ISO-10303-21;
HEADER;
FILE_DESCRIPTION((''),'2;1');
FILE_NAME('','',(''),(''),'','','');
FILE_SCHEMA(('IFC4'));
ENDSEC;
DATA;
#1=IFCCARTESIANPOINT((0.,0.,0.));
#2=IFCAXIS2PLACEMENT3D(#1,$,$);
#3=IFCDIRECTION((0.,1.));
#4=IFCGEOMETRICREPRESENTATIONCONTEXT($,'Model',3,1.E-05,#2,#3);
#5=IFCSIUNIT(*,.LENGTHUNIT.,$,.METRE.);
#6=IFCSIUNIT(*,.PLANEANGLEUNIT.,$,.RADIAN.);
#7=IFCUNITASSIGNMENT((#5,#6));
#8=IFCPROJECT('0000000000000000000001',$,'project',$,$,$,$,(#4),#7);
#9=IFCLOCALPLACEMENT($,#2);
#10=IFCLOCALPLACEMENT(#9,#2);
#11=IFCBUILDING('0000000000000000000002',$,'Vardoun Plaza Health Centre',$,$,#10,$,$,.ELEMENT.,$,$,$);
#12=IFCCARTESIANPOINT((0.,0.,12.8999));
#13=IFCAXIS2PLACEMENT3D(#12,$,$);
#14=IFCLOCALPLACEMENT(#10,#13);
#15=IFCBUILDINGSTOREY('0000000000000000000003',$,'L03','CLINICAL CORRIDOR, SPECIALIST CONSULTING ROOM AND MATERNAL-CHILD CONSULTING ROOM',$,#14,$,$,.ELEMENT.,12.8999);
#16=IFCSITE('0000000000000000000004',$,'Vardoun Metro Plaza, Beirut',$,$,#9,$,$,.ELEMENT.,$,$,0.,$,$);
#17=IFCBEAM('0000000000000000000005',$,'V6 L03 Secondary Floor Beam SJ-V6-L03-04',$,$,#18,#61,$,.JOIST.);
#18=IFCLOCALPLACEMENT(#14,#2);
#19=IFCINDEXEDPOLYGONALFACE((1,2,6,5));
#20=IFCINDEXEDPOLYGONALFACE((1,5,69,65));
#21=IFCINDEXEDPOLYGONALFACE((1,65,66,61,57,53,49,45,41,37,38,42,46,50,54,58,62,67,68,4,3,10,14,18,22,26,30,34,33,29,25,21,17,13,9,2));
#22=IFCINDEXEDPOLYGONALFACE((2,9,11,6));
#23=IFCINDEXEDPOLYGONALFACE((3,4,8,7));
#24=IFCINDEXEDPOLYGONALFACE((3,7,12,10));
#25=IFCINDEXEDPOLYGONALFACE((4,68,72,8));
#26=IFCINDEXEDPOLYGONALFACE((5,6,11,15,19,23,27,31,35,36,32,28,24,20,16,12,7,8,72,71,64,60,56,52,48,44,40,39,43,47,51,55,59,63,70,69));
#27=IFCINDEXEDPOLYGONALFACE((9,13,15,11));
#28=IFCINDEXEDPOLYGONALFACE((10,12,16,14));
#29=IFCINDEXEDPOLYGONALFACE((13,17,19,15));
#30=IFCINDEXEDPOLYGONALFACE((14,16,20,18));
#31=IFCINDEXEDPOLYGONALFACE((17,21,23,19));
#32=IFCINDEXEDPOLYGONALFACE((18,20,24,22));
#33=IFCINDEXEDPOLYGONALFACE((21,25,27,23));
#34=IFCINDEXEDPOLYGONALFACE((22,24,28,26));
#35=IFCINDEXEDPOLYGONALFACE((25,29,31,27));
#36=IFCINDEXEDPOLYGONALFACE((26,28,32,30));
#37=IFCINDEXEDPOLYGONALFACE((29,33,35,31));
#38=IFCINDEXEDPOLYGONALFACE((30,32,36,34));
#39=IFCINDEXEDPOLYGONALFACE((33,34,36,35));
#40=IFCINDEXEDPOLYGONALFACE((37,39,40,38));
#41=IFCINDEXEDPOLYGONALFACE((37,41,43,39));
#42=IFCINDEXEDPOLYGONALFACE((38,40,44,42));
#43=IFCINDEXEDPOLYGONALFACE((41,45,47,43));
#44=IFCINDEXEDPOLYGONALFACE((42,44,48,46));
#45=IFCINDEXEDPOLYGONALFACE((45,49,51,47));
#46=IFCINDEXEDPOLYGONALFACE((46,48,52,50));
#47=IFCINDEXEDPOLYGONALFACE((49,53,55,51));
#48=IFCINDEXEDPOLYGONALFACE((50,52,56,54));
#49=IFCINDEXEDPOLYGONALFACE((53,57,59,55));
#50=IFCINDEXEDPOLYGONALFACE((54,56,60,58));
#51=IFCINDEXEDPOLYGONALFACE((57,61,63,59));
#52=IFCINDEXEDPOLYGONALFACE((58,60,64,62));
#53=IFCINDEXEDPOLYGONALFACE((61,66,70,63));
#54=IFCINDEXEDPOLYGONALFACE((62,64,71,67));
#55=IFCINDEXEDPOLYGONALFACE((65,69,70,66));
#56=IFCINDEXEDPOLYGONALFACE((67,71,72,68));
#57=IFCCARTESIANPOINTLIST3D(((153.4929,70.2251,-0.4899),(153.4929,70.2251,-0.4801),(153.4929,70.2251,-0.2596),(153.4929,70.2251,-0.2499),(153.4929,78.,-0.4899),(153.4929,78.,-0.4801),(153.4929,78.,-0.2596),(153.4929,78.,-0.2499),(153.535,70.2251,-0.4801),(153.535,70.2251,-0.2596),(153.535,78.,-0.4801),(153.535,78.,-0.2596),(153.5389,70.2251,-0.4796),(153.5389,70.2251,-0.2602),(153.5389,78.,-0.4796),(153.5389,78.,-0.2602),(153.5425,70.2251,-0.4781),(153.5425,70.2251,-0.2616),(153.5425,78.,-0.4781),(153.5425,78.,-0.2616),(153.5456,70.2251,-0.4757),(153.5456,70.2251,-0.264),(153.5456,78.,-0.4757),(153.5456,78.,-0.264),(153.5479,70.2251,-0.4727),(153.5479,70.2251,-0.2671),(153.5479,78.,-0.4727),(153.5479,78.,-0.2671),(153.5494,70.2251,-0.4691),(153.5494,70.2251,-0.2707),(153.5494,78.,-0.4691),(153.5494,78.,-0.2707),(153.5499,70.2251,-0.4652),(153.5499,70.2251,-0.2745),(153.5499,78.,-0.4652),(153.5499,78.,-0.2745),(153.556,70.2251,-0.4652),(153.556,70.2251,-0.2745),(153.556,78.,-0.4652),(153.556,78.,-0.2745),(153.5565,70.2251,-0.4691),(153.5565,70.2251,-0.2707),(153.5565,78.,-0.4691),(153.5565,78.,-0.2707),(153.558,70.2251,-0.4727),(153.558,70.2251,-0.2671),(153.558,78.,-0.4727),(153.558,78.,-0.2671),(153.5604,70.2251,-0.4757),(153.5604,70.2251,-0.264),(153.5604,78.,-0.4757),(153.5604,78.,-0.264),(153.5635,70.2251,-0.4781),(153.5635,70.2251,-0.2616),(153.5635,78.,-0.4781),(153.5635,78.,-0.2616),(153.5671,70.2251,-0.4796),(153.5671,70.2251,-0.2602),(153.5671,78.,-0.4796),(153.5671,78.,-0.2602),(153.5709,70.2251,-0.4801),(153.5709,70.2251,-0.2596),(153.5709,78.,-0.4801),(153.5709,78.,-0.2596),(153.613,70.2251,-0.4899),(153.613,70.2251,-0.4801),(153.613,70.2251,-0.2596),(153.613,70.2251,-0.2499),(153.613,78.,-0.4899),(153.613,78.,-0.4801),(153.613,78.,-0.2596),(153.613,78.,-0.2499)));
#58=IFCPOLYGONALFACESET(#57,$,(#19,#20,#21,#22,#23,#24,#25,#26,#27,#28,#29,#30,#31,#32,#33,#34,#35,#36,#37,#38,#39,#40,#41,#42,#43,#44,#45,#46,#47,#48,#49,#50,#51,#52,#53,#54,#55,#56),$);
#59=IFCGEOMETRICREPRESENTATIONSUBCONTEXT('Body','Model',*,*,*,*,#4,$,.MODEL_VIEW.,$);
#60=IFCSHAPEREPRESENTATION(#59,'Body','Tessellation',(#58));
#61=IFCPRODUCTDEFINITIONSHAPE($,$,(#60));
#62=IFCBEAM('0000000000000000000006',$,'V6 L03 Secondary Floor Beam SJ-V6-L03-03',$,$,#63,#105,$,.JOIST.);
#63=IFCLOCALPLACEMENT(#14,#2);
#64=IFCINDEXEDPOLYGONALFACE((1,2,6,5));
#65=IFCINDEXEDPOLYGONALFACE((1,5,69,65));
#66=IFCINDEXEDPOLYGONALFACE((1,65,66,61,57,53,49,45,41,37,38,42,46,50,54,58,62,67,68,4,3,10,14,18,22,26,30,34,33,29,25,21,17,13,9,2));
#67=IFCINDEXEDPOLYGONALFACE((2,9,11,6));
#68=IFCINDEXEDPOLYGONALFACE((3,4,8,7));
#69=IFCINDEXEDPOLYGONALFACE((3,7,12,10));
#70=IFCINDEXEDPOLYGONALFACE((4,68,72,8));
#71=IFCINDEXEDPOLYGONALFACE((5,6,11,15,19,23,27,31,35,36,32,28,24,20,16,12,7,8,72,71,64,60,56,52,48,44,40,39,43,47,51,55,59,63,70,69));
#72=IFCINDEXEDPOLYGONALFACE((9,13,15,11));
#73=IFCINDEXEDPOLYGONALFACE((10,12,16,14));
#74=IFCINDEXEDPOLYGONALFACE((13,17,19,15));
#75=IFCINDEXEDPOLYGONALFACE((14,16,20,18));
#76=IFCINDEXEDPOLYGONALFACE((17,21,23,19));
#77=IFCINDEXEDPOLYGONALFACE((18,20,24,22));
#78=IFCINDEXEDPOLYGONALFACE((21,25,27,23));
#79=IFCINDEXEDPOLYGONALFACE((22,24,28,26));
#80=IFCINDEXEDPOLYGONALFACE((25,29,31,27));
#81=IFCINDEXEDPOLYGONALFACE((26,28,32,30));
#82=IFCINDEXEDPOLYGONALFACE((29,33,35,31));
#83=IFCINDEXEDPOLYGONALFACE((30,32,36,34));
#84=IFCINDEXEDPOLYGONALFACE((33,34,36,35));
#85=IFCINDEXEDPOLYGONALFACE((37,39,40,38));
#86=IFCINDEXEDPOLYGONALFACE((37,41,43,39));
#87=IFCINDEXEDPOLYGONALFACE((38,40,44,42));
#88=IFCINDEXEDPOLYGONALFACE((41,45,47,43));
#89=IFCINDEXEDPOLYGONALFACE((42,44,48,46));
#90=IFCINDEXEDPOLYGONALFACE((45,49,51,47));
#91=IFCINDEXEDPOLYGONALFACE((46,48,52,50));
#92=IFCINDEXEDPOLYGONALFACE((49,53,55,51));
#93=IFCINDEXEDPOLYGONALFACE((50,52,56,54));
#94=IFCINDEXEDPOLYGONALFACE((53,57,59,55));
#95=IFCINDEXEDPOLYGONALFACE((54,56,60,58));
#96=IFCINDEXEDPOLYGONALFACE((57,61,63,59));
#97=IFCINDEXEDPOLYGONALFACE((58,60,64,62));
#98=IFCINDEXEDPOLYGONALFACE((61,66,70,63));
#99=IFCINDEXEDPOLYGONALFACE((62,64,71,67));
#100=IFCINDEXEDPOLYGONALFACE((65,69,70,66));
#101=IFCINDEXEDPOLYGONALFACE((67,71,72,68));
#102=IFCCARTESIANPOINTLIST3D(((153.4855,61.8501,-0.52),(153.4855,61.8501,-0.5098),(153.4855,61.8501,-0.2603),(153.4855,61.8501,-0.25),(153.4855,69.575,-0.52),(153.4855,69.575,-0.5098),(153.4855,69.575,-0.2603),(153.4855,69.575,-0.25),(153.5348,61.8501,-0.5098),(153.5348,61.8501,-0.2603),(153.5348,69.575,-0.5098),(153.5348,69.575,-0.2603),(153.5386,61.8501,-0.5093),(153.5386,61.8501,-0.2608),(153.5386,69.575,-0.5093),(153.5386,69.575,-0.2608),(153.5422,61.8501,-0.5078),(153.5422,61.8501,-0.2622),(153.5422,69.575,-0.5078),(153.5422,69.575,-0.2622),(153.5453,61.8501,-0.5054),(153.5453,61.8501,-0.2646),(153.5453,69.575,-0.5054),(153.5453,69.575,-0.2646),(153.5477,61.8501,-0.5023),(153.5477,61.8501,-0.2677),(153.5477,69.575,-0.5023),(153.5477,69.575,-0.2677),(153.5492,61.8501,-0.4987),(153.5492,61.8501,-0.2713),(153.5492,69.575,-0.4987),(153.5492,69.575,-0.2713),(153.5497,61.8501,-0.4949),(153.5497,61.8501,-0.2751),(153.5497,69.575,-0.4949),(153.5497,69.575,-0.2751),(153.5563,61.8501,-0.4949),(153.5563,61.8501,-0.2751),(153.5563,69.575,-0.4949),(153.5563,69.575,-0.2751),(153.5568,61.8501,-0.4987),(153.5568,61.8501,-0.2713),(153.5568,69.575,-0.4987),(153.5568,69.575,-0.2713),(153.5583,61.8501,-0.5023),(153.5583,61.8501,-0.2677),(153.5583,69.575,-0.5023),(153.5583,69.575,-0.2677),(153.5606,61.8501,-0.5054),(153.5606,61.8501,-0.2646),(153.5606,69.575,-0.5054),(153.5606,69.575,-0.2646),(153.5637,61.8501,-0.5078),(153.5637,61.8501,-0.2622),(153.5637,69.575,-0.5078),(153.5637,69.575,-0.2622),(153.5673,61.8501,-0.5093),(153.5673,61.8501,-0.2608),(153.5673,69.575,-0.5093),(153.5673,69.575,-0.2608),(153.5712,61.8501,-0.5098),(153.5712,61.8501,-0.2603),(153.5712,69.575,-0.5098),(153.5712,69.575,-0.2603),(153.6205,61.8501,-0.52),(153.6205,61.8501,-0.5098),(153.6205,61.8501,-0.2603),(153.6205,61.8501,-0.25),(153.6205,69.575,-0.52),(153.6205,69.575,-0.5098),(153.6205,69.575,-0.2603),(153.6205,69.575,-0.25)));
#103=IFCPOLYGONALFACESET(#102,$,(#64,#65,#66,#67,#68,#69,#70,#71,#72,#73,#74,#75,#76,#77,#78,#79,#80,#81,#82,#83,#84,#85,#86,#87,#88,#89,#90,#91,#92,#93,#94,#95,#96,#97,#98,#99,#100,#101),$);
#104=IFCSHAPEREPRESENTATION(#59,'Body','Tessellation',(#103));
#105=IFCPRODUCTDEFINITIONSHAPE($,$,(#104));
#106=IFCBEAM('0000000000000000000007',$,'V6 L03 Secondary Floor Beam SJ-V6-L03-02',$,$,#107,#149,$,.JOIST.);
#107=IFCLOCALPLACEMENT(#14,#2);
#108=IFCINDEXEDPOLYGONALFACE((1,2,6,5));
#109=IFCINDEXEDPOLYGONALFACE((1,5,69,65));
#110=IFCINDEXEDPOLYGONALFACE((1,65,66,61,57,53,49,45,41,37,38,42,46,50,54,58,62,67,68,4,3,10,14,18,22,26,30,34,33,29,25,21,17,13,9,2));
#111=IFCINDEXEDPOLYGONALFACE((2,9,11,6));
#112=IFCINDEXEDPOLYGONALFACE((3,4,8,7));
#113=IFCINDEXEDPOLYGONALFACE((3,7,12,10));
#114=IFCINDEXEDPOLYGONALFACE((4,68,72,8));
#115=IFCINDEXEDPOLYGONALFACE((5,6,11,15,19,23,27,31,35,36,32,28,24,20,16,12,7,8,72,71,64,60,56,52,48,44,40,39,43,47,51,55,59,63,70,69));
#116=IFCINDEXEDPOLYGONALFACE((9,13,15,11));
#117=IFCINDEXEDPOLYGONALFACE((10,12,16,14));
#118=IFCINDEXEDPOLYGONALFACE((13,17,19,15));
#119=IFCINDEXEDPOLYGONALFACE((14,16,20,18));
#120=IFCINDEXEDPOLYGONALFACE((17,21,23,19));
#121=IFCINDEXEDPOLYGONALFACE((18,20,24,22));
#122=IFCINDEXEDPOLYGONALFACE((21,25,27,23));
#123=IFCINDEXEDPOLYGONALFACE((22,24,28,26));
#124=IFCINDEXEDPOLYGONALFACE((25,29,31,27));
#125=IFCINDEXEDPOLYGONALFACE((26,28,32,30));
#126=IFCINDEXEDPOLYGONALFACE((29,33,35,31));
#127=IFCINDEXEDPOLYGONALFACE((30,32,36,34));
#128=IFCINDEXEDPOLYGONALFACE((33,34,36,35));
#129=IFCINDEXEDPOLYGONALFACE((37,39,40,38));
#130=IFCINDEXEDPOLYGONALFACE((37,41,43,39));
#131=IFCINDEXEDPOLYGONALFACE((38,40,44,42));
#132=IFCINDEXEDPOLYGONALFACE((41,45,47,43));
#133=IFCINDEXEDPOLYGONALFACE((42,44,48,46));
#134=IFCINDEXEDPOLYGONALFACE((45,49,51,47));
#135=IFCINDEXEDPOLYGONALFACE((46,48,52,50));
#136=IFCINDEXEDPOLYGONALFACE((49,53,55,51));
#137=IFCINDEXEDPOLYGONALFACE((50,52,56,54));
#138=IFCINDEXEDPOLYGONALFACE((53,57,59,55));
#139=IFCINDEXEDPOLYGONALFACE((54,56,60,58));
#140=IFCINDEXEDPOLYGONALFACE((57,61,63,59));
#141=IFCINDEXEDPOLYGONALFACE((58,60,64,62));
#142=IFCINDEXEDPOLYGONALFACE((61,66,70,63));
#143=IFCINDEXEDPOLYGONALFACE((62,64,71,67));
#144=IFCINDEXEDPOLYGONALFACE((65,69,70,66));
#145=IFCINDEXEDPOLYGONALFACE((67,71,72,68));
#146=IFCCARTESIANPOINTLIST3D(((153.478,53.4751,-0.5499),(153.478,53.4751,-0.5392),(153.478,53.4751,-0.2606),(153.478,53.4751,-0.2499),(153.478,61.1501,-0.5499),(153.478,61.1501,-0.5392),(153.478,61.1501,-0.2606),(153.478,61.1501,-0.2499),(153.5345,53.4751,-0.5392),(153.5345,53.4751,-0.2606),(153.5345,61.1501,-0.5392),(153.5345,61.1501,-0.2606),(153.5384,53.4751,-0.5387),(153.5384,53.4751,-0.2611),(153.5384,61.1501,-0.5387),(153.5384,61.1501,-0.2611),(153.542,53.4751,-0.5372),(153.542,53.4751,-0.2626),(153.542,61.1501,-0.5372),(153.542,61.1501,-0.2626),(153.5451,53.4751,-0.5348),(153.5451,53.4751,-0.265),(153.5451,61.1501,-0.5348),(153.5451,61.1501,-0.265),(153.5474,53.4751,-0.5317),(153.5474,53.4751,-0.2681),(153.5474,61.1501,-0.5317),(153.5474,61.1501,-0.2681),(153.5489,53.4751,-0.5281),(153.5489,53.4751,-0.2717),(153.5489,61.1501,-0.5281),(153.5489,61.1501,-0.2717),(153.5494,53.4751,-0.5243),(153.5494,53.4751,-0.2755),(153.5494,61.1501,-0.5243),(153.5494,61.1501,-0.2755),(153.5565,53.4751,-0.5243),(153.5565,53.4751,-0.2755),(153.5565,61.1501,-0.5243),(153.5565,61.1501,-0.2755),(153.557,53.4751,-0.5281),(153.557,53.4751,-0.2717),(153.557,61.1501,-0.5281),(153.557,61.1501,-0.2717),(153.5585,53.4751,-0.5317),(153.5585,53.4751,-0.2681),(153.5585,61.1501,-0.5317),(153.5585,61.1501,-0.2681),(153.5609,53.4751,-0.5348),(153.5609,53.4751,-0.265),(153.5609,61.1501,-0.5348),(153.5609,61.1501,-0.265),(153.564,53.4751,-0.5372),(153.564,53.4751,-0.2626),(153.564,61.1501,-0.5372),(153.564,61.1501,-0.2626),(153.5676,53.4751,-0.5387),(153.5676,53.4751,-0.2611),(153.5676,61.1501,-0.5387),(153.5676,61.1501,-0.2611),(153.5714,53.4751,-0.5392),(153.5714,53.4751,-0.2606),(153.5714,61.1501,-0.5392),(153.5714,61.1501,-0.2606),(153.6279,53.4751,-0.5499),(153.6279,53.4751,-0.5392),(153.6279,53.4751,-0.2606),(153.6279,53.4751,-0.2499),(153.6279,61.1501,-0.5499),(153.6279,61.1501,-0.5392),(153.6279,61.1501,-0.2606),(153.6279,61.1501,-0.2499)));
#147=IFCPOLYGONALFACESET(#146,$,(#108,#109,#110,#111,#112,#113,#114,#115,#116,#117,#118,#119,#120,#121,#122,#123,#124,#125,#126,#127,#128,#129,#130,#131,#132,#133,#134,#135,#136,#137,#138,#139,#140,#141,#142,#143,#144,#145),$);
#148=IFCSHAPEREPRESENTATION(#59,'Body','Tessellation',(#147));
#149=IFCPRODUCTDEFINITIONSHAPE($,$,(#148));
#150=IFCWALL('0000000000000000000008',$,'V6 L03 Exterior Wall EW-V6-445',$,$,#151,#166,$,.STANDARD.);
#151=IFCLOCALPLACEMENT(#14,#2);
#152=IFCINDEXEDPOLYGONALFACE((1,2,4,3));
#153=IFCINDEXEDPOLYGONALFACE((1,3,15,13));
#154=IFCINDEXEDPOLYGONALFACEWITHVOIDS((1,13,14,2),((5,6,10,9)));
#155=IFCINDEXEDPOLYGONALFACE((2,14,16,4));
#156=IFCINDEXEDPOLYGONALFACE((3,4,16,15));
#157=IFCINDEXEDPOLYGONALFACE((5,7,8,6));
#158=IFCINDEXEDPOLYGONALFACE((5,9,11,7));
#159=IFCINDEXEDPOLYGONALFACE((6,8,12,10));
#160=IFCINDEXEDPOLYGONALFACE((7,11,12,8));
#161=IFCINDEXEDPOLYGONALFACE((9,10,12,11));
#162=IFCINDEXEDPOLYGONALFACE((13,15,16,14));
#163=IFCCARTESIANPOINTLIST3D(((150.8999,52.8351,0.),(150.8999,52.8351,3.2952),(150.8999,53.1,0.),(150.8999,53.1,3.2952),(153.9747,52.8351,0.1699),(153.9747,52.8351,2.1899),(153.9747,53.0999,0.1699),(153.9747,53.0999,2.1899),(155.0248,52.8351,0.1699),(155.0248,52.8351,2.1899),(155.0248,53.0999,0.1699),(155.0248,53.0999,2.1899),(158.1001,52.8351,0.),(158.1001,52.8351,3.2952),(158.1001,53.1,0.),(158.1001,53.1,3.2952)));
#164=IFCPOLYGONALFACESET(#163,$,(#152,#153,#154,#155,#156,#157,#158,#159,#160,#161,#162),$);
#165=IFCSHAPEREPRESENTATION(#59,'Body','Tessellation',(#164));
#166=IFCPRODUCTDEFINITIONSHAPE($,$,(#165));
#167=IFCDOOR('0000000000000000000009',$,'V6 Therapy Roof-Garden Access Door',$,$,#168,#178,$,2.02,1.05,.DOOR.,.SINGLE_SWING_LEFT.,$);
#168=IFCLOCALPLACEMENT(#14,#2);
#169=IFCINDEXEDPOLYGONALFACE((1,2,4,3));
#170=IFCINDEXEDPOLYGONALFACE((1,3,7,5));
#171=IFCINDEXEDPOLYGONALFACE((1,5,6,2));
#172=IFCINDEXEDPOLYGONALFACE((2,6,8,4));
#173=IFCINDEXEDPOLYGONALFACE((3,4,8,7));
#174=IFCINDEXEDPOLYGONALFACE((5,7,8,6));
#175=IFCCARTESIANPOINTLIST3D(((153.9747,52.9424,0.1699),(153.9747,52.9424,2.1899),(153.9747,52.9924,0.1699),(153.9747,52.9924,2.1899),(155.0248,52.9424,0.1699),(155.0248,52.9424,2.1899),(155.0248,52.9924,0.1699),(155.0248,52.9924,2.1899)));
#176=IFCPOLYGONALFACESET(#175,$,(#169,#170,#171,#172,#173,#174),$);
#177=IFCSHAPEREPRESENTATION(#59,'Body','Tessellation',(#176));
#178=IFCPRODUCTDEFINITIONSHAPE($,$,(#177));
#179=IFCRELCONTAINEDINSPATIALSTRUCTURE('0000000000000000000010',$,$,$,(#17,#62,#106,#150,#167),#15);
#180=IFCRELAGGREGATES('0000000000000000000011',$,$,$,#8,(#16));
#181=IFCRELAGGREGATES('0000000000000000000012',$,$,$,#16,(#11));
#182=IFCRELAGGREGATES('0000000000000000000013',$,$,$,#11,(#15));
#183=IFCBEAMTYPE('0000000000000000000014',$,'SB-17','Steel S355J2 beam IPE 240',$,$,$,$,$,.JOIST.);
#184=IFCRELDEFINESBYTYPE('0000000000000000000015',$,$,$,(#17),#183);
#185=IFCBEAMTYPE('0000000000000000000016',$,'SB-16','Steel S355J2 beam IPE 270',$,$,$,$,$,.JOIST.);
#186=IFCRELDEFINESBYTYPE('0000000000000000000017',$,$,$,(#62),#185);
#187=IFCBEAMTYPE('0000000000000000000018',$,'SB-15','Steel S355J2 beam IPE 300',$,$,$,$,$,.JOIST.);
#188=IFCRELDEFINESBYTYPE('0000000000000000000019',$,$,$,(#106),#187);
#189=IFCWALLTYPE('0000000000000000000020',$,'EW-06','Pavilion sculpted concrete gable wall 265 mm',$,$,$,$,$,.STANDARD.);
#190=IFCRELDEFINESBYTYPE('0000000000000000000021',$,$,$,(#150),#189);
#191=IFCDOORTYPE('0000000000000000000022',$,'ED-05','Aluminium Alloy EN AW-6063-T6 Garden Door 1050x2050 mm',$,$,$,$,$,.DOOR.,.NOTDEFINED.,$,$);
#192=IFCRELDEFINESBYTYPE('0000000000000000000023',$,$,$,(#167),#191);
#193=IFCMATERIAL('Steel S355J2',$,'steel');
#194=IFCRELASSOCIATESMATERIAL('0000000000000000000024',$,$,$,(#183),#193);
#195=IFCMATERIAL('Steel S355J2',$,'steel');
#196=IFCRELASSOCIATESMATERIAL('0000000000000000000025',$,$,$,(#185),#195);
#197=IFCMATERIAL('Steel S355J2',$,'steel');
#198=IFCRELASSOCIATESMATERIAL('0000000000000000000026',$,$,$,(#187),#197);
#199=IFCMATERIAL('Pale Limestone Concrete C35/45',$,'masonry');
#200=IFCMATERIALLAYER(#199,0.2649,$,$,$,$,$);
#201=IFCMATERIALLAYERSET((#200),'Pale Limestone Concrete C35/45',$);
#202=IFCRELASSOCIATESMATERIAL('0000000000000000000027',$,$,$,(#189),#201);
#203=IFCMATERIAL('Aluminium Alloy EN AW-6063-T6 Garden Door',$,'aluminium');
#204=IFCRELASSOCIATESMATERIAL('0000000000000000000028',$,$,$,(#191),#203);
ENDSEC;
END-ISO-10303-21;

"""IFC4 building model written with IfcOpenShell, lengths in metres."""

from ifc_helpers import new_model, si_unit, direction, frame, frame_2d, origin, origin_2d, place, context, subcontext, project, spatial, rectangle, i_section, extrude, material, layer, layer_set, material_profile, profile_set, type_object, element, fill, save


model = new_model("IFC4")

# Units and contexts
model_context = context("Model", 3, precision=1e-05, world=origin(), true_north=direction((0.0, 1.0)))
body_context = subcontext(model_context, "Body", "Model", "MODEL_VIEW")
ifc_project = project(units=[si_unit("LENGTHUNIT", "METRE"), si_unit("PLANEANGLEUNIT", "RADIAN")], contexts=[model_context])

# Site, building, storey
site_placement = place(None, origin())
site = spatial("IfcSite", under=ifc_project, at=site_placement, Name="Vardoun Metro Plaza, Beirut", CompositionType="ELEMENT", RefElevation=0.0)
building_placement = place(site_placement, origin())
building = spatial("IfcBuilding", under=site, at=building_placement, Name="Vardoun Plaza Health Centre", CompositionType="ELEMENT")
storey_placement = place(building_placement, frame((0.0, 0.0, 12.8999)))
storey = spatial("IfcBuildingStorey", under=building, at=storey_placement, Name="L03", Description="CLINICAL CORRIDOR, SPECIALIST CONSULTING ROOM AND MATERNAL-CHILD CONSULTING ROOM", CompositionType="ELEMENT", Elevation=12.8999)

# Beams
ifc_material_1 = material(Name="Steel S355J2", Category="steel")
ifc_material_profile_1 = material_profile(ifc_material_1, i_section(OverallWidth=0.1201, OverallDepth=0.24, WebThickness=0.0061, FlangeThickness=0.0098, FilletRadius=0.0149, at=origin_2d()), Name="IPE 240")
ifc_profile_set_1 = profile_set([ifc_material_profile_1], Name="Steel S355J2")
beam_type_1 = type_object("IfcBeamType", Name="SB-17", Description="Steel S355J2 beam IPE 240", PredefinedType="JOIST", material=ifc_profile_set_1)
beam_1_placement = place(storey_placement, frame((153.553, 70.2251, -0.3699), z_axis=(0.0, 1.0, 0.0), x_axis=(-1.0, 0.0, 0.0)))
element("IfcBeam", 1, at=beam_1_placement, inside=storey, type_object=beam_type_1, Name="V6 L03 Secondary Floor Beam SJ-V6-L03-04", PredefinedType="JOIST", context=body_context, shape_type="SweptSolid", body=[
    extrude(i_section(OverallWidth=0.1201, OverallDepth=0.24, WebThickness=0.0061, FlangeThickness=0.0098, FilletRadius=0.0149, at=origin_2d()), origin(), (0.0, 0.0, 1.0), 7.7749),
])
ifc_material_2 = material(Name="Steel S355J2", Category="steel")
ifc_material_profile_2 = material_profile(ifc_material_2, i_section(OverallWidth=0.135, OverallDepth=0.27, WebThickness=0.0066, FlangeThickness=0.0103, FilletRadius=0.0149, at=origin_2d()), Name="IPE 270")
ifc_profile_set_2 = profile_set([ifc_material_profile_2], Name="Steel S355J2")
beam_type_2 = type_object("IfcBeamType", Name="SB-16", Description="Steel S355J2 beam IPE 270", PredefinedType="JOIST", material=ifc_profile_set_2)
beam_2_placement = place(storey_placement, frame((153.553, 61.8501, -0.385), z_axis=(0.0, 1.0, 0.0), x_axis=(-1.0, 0.0, 0.0)))
element("IfcBeam", 2, at=beam_2_placement, inside=storey, type_object=beam_type_2, Name="V6 L03 Secondary Floor Beam SJ-V6-L03-03", PredefinedType="JOIST", context=body_context, shape_type="SweptSolid", body=[
    extrude(i_section(OverallWidth=0.135, OverallDepth=0.27, WebThickness=0.0066, FlangeThickness=0.0103, FilletRadius=0.0149, at=origin_2d()), origin(), (0.0, 0.0, 1.0), 7.7249),
])
ifc_material_3 = material(Name="Steel S355J2", Category="steel")
ifc_material_profile_3 = material_profile(ifc_material_3, i_section(OverallWidth=0.1499, OverallDepth=0.3, WebThickness=0.0071, FlangeThickness=0.0107, FilletRadius=0.0149, at=origin_2d()), Name="IPE 300")
ifc_profile_set_3 = profile_set([ifc_material_profile_3], Name="Steel S355J2")
beam_type_3 = type_object("IfcBeamType", Name="SB-15", Description="Steel S355J2 beam IPE 300", PredefinedType="JOIST", material=ifc_profile_set_3)
beam_3_placement = place(storey_placement, frame((153.553, 53.4751, -0.3999), z_axis=(0.0, 1.0, 0.0), x_axis=(-1.0, 0.0, 0.0)))
element("IfcBeam", 3, at=beam_3_placement, inside=storey, type_object=beam_type_3, Name="V6 L03 Secondary Floor Beam SJ-V6-L03-02", PredefinedType="JOIST", context=body_context, shape_type="SweptSolid", body=[
    extrude(i_section(OverallWidth=0.1499, OverallDepth=0.3, WebThickness=0.0071, FlangeThickness=0.0107, FilletRadius=0.0149, at=origin_2d()), origin(), (0.0, 0.0, 1.0), 7.675),
])

# Wall, opening, door
ifc_material_4 = material(Name="Pale Limestone Concrete C35/45", Category="masonry")
ifc_layer_1 = layer(ifc_material_4, 0.2649)
ifc_layer_set_1 = layer_set([ifc_layer_1], Name="Pale Limestone Concrete C35/45")
wall_type_1 = type_object("IfcWallType", Name="EW-06", Description="Pavilion sculpted concrete gable wall 265 mm", PredefinedType="STANDARD", material=ifc_layer_set_1)
wall_1_placement = place(storey_placement, frame((150.8999, 52.9675, 0.0), z_axis=(0.0, 0.0, 1.0), x_axis=(1.0, 0.0, 0.0)))
wall_1 = element("IfcWall", 4, at=wall_1_placement, inside=storey, type_object=wall_type_1, Name="V6 L03 Exterior Wall EW-V6-445", PredefinedType="STANDARD", context=body_context, shape_type="SweptSolid", body=[
    extrude(rectangle(XDim=7.2002, YDim=0.2649, at=frame_2d((3.6001, 0.0))), origin(), (0.0, 0.0, 1.0), 3.2952),
])
opening_1_placement = place(wall_1_placement, frame((3.075, 0.0, 0.1699)))
opening_1 = element("IfcOpeningElement", 5, at=opening_1_placement, cuts=wall_1, PredefinedType="OPENING", context=body_context, shape_type="SweptSolid", body=[
    extrude(rectangle(XDim=1.05, YDim=2.02, at=frame_2d((0.5249, 1.01))), frame((0.0, 0.1323, 0.0), z_axis=(0.0, -1.0, 0.0), x_axis=(1.0, 0.0, 0.0)), (0.0, 0.0, 1.0), 0.2649),
])
ifc_material_5 = material(Name="Aluminium Alloy EN AW-6063-T6 Garden Door", Category="aluminium")
door_type_1 = type_object("IfcDoorType", Name="ED-05", Description="Aluminium Alloy EN AW-6063-T6 Garden Door 1050x2050 mm", OperationType="NOTDEFINED", PredefinedType="DOOR", material=ifc_material_5)
door_1_placement = place(opening_1_placement, origin())
door_1 = element("IfcDoor", 6, at=door_1_placement, inside=storey, type_object=door_type_1, Name="V6 Therapy Roof-Garden Access Door", OperationType="SINGLE_SWING_LEFT", OverallHeight=2.02, OverallWidth=1.05, PredefinedType="DOOR", context=body_context, shape_type="SweptSolid", body=[
    extrude(rectangle(XDim=1.05, YDim=2.02, at=frame_2d((0.5249, 1.01))), frame((0.0, 0.0249, 0.0), z_axis=(0.0, -1.0, 0.0), x_axis=(1.0, 0.0, 0.0)), (0.0, 0.0, 1.0), 0.05),
])
fill(opening_1, door_1)

save(model, "model.ifc")
